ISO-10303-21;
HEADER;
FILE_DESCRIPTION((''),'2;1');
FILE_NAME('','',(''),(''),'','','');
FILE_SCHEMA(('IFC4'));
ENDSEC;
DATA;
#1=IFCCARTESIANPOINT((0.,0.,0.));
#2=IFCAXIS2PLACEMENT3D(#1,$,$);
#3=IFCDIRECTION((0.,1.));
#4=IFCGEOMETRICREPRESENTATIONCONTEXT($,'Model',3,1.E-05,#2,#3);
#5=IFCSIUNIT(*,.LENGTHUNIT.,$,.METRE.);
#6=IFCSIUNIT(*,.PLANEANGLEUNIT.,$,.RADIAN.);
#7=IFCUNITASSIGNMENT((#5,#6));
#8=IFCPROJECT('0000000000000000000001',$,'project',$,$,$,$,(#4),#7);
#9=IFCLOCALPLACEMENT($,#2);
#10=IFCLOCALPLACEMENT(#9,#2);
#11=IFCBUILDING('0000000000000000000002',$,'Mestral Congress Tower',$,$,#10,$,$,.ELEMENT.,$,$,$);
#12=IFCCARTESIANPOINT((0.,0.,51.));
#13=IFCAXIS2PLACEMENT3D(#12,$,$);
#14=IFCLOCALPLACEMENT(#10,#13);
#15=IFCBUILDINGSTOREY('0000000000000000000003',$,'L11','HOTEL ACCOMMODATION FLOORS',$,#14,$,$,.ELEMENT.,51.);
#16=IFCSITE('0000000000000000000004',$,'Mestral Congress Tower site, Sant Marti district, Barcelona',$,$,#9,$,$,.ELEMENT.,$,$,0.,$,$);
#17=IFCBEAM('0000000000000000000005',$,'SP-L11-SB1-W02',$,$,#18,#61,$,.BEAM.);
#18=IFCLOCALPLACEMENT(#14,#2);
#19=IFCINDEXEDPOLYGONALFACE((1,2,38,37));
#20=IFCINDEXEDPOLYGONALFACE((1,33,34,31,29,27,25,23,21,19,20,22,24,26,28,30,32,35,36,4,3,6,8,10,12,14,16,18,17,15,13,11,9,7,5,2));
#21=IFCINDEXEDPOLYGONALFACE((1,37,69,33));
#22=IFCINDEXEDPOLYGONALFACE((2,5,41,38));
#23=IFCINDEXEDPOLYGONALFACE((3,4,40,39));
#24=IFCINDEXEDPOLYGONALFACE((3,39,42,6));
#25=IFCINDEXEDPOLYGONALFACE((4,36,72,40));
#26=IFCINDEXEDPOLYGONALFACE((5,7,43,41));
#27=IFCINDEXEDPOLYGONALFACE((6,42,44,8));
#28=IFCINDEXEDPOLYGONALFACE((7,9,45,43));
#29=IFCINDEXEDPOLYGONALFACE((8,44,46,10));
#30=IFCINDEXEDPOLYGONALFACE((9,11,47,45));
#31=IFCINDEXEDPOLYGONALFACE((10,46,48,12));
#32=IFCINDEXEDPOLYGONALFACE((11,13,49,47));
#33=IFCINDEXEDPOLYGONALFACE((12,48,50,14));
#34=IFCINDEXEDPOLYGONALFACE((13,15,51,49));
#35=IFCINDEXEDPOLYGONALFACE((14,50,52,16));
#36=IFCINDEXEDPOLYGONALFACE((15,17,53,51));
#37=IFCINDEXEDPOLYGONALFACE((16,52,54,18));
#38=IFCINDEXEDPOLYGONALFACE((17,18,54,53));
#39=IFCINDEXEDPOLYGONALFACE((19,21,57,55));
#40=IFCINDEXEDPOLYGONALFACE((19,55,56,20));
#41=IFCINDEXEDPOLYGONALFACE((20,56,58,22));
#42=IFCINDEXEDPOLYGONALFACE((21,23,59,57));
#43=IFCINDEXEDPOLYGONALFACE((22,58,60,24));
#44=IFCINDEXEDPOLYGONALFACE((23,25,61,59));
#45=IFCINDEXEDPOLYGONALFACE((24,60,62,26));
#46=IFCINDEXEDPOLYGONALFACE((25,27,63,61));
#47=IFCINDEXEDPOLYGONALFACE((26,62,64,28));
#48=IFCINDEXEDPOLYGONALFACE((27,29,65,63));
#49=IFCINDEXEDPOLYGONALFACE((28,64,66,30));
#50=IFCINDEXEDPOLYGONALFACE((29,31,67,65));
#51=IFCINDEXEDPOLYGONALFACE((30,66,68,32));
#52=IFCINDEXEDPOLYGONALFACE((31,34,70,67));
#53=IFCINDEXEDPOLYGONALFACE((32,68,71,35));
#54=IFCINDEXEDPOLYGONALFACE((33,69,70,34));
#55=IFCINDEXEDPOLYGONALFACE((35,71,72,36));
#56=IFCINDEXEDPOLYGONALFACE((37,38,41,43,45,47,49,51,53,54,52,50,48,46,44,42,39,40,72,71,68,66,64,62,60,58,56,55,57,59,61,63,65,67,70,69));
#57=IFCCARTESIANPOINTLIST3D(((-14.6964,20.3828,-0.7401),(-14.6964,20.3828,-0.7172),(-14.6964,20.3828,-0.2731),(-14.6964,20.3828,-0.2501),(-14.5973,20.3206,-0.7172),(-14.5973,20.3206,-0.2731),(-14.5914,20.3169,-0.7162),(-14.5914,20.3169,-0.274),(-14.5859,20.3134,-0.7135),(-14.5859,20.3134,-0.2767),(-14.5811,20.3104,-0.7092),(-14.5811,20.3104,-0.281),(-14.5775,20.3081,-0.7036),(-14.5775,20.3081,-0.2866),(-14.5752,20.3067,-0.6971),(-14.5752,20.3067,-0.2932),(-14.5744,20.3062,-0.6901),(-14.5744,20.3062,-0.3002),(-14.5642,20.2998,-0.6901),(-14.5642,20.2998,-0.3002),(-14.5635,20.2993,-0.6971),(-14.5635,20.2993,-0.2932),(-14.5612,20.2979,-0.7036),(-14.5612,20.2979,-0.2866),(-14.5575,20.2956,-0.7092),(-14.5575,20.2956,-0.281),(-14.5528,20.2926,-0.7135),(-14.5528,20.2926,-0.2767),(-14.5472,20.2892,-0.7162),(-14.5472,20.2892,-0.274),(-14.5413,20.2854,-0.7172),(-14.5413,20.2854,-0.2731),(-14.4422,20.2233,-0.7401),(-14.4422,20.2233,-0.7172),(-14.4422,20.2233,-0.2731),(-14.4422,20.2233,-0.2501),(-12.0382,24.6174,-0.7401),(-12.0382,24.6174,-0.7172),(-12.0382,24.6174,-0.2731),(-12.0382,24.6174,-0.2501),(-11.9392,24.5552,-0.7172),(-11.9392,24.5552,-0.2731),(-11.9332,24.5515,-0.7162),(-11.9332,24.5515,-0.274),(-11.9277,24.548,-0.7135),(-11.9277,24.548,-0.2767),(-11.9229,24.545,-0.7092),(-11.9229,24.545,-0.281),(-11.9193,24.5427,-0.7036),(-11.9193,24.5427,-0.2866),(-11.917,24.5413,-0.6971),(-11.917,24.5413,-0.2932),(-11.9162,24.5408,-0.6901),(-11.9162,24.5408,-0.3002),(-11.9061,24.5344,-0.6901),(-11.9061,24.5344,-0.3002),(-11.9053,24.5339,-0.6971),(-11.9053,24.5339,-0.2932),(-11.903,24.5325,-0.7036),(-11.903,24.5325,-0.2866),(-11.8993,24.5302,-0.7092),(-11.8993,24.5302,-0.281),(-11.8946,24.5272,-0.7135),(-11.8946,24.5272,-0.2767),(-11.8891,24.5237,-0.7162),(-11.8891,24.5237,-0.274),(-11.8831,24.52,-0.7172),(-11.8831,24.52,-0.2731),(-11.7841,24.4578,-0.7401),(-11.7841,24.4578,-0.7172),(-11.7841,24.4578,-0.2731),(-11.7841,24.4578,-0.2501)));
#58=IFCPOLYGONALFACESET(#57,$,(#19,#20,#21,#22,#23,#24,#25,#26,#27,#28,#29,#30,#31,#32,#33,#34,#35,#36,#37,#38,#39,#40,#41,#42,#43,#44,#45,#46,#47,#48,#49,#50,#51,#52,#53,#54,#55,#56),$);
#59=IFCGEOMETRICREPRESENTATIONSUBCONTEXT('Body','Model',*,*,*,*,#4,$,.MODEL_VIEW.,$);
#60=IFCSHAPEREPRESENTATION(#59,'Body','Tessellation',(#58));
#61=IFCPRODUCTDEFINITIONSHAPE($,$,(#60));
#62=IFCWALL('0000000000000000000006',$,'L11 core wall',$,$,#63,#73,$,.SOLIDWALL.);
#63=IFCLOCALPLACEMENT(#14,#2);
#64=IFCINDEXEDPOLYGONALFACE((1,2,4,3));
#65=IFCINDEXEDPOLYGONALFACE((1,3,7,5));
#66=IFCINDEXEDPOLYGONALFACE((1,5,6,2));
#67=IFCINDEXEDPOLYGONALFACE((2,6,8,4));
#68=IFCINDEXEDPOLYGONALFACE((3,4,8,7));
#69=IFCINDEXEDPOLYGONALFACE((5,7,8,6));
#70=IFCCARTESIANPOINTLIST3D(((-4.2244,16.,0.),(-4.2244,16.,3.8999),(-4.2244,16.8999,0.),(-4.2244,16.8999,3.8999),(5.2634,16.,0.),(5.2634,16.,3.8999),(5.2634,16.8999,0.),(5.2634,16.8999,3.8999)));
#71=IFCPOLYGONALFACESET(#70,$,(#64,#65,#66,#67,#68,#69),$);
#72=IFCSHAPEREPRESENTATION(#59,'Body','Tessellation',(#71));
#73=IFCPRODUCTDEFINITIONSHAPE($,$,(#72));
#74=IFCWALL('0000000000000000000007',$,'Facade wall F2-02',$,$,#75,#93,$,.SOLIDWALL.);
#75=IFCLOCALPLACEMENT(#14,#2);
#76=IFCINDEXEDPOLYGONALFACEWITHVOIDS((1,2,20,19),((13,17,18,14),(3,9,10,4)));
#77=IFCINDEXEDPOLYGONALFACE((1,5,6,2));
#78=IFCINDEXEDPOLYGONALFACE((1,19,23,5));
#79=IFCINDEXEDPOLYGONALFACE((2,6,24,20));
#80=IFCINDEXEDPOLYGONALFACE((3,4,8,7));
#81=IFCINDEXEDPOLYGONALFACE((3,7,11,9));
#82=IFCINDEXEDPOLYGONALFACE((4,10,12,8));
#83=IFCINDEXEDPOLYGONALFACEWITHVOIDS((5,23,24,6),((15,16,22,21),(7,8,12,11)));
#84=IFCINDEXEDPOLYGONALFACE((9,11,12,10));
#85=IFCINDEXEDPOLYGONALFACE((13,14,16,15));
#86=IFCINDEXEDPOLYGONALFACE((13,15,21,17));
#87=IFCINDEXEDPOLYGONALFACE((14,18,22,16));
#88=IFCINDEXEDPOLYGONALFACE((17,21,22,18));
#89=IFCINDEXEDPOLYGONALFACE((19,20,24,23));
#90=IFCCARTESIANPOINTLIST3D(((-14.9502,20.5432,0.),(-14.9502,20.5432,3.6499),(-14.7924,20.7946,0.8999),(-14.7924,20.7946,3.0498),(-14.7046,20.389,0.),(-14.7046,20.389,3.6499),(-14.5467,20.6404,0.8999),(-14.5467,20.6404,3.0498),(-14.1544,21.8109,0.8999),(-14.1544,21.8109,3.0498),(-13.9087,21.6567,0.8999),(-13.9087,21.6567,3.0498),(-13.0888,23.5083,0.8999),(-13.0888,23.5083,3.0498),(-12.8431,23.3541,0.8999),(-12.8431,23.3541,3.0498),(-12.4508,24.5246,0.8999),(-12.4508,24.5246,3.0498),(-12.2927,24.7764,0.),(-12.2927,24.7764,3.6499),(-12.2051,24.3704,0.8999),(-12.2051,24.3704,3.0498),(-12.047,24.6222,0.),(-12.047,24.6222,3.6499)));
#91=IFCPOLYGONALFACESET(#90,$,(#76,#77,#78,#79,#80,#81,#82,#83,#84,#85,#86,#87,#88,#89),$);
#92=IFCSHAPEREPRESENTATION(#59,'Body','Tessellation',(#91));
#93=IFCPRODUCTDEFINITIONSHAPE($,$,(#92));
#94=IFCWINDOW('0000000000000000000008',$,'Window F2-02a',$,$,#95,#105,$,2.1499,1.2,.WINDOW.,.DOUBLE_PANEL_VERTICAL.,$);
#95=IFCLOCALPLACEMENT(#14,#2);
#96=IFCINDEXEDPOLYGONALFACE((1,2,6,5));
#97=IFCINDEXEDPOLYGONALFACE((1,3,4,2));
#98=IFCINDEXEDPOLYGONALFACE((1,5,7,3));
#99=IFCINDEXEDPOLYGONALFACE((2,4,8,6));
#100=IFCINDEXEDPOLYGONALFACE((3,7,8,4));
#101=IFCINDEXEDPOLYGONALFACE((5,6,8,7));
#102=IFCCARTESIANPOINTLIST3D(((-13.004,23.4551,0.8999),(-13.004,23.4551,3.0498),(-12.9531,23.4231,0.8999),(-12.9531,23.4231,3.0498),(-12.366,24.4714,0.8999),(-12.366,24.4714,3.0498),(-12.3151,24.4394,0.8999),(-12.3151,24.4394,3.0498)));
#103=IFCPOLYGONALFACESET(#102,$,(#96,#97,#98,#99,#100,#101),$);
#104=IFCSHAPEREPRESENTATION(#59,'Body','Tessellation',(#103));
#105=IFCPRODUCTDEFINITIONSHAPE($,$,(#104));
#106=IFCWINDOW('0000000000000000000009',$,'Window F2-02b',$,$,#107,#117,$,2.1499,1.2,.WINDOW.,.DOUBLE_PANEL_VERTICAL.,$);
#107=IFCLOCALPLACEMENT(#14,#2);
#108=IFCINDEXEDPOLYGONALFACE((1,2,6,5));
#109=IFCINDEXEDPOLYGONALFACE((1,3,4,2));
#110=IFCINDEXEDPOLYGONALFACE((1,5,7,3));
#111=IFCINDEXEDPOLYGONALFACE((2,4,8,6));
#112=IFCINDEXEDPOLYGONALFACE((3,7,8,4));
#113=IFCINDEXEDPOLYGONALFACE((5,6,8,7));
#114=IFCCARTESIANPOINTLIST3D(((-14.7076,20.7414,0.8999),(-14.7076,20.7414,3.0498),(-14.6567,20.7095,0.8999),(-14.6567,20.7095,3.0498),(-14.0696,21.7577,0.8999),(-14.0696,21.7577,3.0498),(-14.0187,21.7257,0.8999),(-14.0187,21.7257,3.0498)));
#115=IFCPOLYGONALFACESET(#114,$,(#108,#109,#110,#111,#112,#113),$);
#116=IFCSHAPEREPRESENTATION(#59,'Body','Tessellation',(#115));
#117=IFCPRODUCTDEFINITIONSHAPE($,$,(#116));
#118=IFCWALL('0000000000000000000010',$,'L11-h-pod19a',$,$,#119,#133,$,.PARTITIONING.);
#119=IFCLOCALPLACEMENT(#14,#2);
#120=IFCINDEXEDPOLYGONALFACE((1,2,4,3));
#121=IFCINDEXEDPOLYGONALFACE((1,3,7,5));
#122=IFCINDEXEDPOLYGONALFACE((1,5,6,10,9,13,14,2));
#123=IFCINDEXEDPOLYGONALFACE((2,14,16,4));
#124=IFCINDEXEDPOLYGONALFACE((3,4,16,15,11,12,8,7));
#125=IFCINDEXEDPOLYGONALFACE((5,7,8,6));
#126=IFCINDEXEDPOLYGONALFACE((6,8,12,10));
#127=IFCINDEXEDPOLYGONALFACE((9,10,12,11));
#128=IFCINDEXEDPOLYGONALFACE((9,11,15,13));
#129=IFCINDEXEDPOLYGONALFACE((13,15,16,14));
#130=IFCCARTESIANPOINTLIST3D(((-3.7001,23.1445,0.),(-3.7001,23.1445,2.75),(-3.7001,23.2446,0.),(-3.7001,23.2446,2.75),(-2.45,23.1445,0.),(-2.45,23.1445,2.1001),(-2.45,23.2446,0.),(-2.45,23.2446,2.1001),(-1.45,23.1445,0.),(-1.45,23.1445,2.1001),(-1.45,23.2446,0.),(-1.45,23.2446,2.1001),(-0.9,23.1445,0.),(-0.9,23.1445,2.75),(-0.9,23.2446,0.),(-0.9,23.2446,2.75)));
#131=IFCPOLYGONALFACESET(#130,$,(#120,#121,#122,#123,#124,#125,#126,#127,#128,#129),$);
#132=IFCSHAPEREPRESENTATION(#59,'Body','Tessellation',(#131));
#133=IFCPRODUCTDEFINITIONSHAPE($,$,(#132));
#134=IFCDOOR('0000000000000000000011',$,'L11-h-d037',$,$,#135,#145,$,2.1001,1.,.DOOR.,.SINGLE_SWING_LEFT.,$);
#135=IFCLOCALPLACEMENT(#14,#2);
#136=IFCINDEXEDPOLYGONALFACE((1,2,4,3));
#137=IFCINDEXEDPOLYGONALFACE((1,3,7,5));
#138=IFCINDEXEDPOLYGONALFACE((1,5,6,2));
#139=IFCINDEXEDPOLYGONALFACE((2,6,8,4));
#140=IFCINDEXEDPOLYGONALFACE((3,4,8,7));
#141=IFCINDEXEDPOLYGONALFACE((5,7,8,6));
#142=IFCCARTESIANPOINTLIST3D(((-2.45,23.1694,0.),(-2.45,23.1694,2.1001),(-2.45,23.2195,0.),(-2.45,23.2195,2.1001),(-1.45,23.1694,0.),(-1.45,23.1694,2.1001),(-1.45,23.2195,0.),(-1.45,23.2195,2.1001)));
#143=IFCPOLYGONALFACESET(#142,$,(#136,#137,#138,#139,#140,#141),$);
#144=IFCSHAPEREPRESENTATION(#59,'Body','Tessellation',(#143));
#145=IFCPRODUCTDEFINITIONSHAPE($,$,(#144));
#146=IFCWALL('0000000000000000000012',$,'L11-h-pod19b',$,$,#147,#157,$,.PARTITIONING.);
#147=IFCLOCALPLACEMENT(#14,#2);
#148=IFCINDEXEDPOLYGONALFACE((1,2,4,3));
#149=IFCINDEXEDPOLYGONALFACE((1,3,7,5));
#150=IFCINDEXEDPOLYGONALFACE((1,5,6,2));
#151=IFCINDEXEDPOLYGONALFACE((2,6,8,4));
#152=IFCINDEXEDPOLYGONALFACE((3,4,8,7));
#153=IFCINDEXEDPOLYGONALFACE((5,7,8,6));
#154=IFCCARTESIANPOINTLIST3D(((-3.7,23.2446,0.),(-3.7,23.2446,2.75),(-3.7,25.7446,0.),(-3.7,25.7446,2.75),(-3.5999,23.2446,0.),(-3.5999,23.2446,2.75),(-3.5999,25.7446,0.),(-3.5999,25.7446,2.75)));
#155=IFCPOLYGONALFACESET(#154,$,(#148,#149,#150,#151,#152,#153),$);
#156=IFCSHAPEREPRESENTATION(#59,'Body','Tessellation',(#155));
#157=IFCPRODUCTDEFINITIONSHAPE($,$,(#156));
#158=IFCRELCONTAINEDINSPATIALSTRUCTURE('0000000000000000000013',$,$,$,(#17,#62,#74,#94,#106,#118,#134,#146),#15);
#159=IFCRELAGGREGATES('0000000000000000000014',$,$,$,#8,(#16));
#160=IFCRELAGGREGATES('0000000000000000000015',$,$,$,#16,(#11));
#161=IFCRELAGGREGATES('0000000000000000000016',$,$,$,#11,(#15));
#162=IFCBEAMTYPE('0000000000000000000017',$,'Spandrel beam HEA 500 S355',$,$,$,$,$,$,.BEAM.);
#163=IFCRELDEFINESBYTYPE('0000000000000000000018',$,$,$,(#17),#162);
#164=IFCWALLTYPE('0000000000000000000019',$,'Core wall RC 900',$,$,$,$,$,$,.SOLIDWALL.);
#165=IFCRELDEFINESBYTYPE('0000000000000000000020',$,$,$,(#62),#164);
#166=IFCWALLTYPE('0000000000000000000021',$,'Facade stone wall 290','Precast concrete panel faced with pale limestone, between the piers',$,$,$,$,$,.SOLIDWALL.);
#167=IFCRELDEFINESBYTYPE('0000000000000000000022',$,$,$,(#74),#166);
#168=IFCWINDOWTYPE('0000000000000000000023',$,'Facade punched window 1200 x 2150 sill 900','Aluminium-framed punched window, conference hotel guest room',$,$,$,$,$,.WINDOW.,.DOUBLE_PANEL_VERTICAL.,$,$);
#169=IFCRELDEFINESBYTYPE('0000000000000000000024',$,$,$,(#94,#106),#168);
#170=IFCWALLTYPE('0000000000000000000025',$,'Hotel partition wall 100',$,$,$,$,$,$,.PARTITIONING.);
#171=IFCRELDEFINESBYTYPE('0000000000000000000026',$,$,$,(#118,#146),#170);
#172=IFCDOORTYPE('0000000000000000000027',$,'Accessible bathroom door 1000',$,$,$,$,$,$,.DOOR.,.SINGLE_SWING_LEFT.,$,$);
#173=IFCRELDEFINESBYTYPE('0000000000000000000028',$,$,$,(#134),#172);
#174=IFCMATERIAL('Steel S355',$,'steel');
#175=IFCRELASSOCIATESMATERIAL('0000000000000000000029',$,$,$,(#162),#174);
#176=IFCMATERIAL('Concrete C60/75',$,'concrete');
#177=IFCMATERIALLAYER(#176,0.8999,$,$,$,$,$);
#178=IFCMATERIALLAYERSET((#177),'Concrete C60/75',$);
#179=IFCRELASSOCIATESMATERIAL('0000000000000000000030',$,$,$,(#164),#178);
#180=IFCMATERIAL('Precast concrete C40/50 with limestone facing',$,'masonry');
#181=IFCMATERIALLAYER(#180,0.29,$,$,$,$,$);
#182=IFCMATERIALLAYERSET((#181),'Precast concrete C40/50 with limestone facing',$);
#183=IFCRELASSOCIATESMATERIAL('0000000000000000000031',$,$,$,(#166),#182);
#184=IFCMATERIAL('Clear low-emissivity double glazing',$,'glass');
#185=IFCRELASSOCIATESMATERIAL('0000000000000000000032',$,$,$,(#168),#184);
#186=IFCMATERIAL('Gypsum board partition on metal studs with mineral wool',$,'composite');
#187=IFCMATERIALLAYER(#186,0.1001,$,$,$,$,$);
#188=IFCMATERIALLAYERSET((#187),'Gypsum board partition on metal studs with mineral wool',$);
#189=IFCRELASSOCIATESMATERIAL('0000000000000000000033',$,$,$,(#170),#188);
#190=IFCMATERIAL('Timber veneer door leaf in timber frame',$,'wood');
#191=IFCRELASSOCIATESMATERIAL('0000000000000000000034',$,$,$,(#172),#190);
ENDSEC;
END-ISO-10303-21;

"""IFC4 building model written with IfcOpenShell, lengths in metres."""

from ifc_helpers import new_model, si_unit, direction, frame, frame_2d, origin, origin_2d, place, context, subcontext, project, spatial, rectangle, i_section, extrude, material, layer, layer_set, material_profile, profile_set, type_object, element, fill, save


model = new_model("IFC4")

# Units and contexts
model_context = context("Model", 3, precision=1e-05, world=origin(), true_north=direction((0.0, 1.0)))
body_context = subcontext(model_context, "Body", "Model", "MODEL_VIEW")
ifc_project = project(units=[si_unit("LENGTHUNIT", "METRE"), si_unit("PLANEANGLEUNIT", "RADIAN")], contexts=[model_context])

# Site, building, storey
site_placement = place(None, origin())
site = spatial("IfcSite", under=ifc_project, at=site_placement, Name="Mestral Congress Tower site, Sant Marti district, Barcelona", CompositionType="ELEMENT", RefElevation=0.0)
building_placement = place(site_placement, origin())
building = spatial("IfcBuilding", under=site, at=building_placement, Name="Mestral Congress Tower", CompositionType="ELEMENT")
storey_placement = place(building_placement, frame((0.0, 0.0, 51.0)))
storey = spatial("IfcBuildingStorey", under=building, at=storey_placement, Name="L11", Description="HOTEL ACCOMMODATION FLOORS", CompositionType="ELEMENT", Elevation=51.0)

# Beam
ifc_material_1 = material(Name="Steel S355", Category="steel")
ifc_material_profile = material_profile(ifc_material_1, i_section(OverallWidth=0.3, OverallDepth=0.49, WebThickness=0.012, FlangeThickness=0.0229, FilletRadius=0.0271, at=origin_2d()), Name="HEA 500")
ifc_profile_set = profile_set([ifc_material_profile], Name="Steel S355")
beam_type = type_object("IfcBeamType", Name="Spandrel beam HEA 500 S355", PredefinedType="BEAM", material=ifc_profile_set)
beam_placement = place(storey_placement, frame((-11.9111, 24.5376, -0.4951), z_axis=(-0.531661, -0.846957, 0.0), x_axis=(0.846957, -0.531661, 0.0)))
element("IfcBeam", 1, at=beam_placement, inside=storey, type_object=beam_type, Name="SP-L11-SB1-W02", PredefinedType="BEAM", context=body_context, shape_type="SweptSolid", body=[
    extrude(i_section(OverallWidth=0.3, OverallDepth=0.49, WebThickness=0.012, FlangeThickness=0.0229, FilletRadius=0.0271, at=origin_2d()), origin(), (0.0, 0.0, 1.0), 4.9998),
])

# Wall
ifc_material_2 = material(Name="Concrete C60/75", Category="concrete")
ifc_layer_1 = layer(ifc_material_2, 0.8999)
ifc_layer_set_1 = layer_set([ifc_layer_1], Name="Concrete C60/75")
wall_type_1 = type_object("IfcWallType", Name="Core wall RC 900", PredefinedType="SOLIDWALL", material=ifc_layer_set_1)
wall_1_placement = place(storey_placement, frame((-4.2244, 16.45, 0.0), z_axis=(0.0, 0.0, 1.0), x_axis=(1.0, 0.0, 0.0)))
element("IfcWall", 2, at=wall_1_placement, inside=storey, type_object=wall_type_1, Name="L11 core wall", PredefinedType="SOLIDWALL", context=body_context, shape_type="SweptSolid", body=[
    extrude(rectangle(XDim=9.4878, YDim=0.8999, at=frame_2d((4.7439, 0.0))), origin(), (0.0, 0.0, 1.0), 3.8999),
])

# Wall, openings, windows
ifc_material_3 = material(Name="Precast concrete C40/50 with limestone facing", Category="masonry")
ifc_layer_2 = layer(ifc_material_3, 0.29)
ifc_layer_set_2 = layer_set([ifc_layer_2], Name="Precast concrete C40/50 with limestone facing")
wall_type_2 = type_object("IfcWallType", Name="Facade stone wall 290", Description="Precast concrete panel faced with pale limestone, between the piers", PredefinedType="SOLIDWALL", material=ifc_layer_set_2)
wall_2_placement = place(storey_placement, frame((-12.1699, 24.6992, 0.0), z_axis=(0.0, 0.0, 1.0), x_axis=(-0.531688, -0.84694, 0.0)))
wall_2 = element("IfcWall", 3, at=wall_2_placement, inside=storey, type_object=wall_type_2, Name="Facade wall F2-02", PredefinedType="SOLIDWALL", context=body_context, shape_type="SweptSolid", body=[
    extrude(rectangle(XDim=4.9983, YDim=0.29, at=frame_2d((2.499, 0.0))), origin(), (0.0, 0.0, 1.0), 3.6499),
])
opening_1_placement = place(wall_2_placement, frame((0.2971, 0.0, 0.8999)))
opening_1 = element("IfcOpeningElement", 4, at=opening_1_placement, cuts=wall_2, PredefinedType="OPENING", context=body_context, shape_type="SweptSolid", body=[
    extrude(rectangle(XDim=1.2, YDim=2.1499, at=frame_2d((0.6001, 1.075))), frame((0.0, 0.155, 0.0), z_axis=(0.0, -1.0, 0.0), x_axis=(1.0, 0.0, 0.0)), (0.0, 0.0, 1.0), 0.3101),
])
opening_2_placement = place(wall_2_placement, frame((3.5012, 0.0, 0.8999)))
opening_2 = element("IfcOpeningElement", 5, at=opening_2_placement, cuts=wall_2, PredefinedType="OPENING", context=body_context, shape_type="SweptSolid", body=[
    extrude(rectangle(XDim=1.2, YDim=2.1499, at=frame_2d((0.6001, 1.075))), frame((0.0, 0.155, 0.0), z_axis=(0.0, -1.0, 0.0), x_axis=(1.0, 0.0, 0.0)), (0.0, 0.0, 1.0), 0.3101),
])
ifc_material_4 = material(Name="Clear low-emissivity double glazing", Category="glass")
window_type = type_object("IfcWindowType", Name="Facade punched window 1200 x 2150 sill 900", Description="Aluminium-framed punched window, conference hotel guest room", PartitioningType="DOUBLE_PANEL_VERTICAL", PredefinedType="WINDOW", material=ifc_material_4)
window_1_placement = place(opening_1_placement, origin())
window_1 = element("IfcWindow", 6, at=window_1_placement, inside=storey, type_object=window_type, Name="Window F2-02a", OverallHeight=2.1499, OverallWidth=1.2, PartitioningType="DOUBLE_PANEL_VERTICAL", PredefinedType="WINDOW", context=body_context, shape_type="SweptSolid", body=[
    extrude(rectangle(XDim=1.2, YDim=2.1499, at=frame_2d((0.6001, 1.075))), frame((0.0, 0.0151, 0.0), z_axis=(0.0, -1.0, 0.0), x_axis=(1.0, 0.0, 0.0)), (0.0, 0.0, 1.0), 0.0601),
])
fill(opening_1, window_1)
window_2_placement = place(opening_2_placement, origin())
window_2 = element("IfcWindow", 7, at=window_2_placement, inside=storey, type_object=window_type, Name="Window F2-02b", OverallHeight=2.1499, OverallWidth=1.2, PartitioningType="DOUBLE_PANEL_VERTICAL", PredefinedType="WINDOW", context=body_context, shape_type="SweptSolid", body=[
    extrude(rectangle(XDim=1.2, YDim=2.1499, at=frame_2d((0.6001, 1.075))), frame((0.0, 0.0151, 0.0), z_axis=(0.0, -1.0, 0.0), x_axis=(1.0, 0.0, 0.0)), (0.0, 0.0, 1.0), 0.0601),
])
fill(opening_2, window_2)

# Wall, opening, door
ifc_material_5 = material(Name="Gypsum board partition on metal studs with mineral wool", Category="composite")
ifc_layer_3 = layer(ifc_material_5, 0.1001)
ifc_layer_set_3 = layer_set([ifc_layer_3], Name="Gypsum board partition on metal studs with mineral wool")
wall_type_3 = type_object("IfcWallType", Name="Hotel partition wall 100", PredefinedType="PARTITIONING", material=ifc_layer_set_3)
wall_3_placement = place(storey_placement, frame((-3.7, 23.1946, 0.0), z_axis=(0.0, 0.0, 1.0), x_axis=(1.0, 0.0, 0.0)))
wall_3 = element("IfcWall", 8, at=wall_3_placement, inside=storey, type_object=wall_type_3, Name="L11-h-pod19a", PredefinedType="PARTITIONING", context=body_context, shape_type="SweptSolid", body=[
    extrude(rectangle(XDim=2.8, YDim=0.1001, at=frame_2d((1.3999, 0.0))), origin(), (0.0, 0.0, 1.0), 2.75),
])
opening_3_placement = place(wall_3_placement, frame((1.25, 0.0, 0.0)))
opening_3 = element("IfcOpeningElement", 9, at=opening_3_placement, cuts=wall_3, PredefinedType="OPENING", context=body_context, shape_type="SweptSolid", body=[
    extrude(rectangle(XDim=1.0, YDim=2.1001, at=frame_2d((0.5, 1.05))), frame((0.0, 0.0601, 0.0), z_axis=(0.0, -1.0, 0.0), x_axis=(1.0, 0.0, 0.0)), (0.0, 0.0, 1.0), 0.1201),
])
ifc_material_6 = material(Name="Timber veneer door leaf in timber frame", Category="wood")
door_type_1 = type_object("IfcDoorType", Name="Accessible bathroom door 1000", OperationType="SINGLE_SWING_LEFT", PredefinedType="DOOR", material=ifc_material_6)
door_1_placement = place(opening_3_placement, origin())
door_1 = element("IfcDoor", 10, at=door_1_placement, inside=storey, type_object=door_type_1, Name="L11-h-d037", OperationType="SINGLE_SWING_LEFT", OverallHeight=2.1001, OverallWidth=1.0, PredefinedType="DOOR", context=body_context, shape_type="SweptSolid", body=[
    extrude(rectangle(XDim=1.0, YDim=2.1001, at=frame_2d((0.5, 1.05))), frame((0.0, 0.0249, 0.0), z_axis=(0.0, -1.0, 0.0), x_axis=(1.0, 0.0, 0.0)), (0.0, 0.0, 1.0), 0.05),
])
fill(opening_3, door_1)

# Wall
wall_4_placement = place(storey_placement, frame((-3.6499, 23.2446, 0.0), z_axis=(0.0, 0.0, 1.0), x_axis=(0.0, 1.0, 0.0)))
element("IfcWall", 11, at=wall_4_placement, inside=storey, type_object=wall_type_3, Name="L11-h-pod19b", PredefinedType="PARTITIONING", context=body_context, shape_type="SweptSolid", body=[
    extrude(rectangle(XDim=2.5, YDim=0.1001, at=frame_2d((1.25, 0.0))), origin(), (0.0, 0.0, 1.0), 2.75),
])

save(model, "model.ifc")
